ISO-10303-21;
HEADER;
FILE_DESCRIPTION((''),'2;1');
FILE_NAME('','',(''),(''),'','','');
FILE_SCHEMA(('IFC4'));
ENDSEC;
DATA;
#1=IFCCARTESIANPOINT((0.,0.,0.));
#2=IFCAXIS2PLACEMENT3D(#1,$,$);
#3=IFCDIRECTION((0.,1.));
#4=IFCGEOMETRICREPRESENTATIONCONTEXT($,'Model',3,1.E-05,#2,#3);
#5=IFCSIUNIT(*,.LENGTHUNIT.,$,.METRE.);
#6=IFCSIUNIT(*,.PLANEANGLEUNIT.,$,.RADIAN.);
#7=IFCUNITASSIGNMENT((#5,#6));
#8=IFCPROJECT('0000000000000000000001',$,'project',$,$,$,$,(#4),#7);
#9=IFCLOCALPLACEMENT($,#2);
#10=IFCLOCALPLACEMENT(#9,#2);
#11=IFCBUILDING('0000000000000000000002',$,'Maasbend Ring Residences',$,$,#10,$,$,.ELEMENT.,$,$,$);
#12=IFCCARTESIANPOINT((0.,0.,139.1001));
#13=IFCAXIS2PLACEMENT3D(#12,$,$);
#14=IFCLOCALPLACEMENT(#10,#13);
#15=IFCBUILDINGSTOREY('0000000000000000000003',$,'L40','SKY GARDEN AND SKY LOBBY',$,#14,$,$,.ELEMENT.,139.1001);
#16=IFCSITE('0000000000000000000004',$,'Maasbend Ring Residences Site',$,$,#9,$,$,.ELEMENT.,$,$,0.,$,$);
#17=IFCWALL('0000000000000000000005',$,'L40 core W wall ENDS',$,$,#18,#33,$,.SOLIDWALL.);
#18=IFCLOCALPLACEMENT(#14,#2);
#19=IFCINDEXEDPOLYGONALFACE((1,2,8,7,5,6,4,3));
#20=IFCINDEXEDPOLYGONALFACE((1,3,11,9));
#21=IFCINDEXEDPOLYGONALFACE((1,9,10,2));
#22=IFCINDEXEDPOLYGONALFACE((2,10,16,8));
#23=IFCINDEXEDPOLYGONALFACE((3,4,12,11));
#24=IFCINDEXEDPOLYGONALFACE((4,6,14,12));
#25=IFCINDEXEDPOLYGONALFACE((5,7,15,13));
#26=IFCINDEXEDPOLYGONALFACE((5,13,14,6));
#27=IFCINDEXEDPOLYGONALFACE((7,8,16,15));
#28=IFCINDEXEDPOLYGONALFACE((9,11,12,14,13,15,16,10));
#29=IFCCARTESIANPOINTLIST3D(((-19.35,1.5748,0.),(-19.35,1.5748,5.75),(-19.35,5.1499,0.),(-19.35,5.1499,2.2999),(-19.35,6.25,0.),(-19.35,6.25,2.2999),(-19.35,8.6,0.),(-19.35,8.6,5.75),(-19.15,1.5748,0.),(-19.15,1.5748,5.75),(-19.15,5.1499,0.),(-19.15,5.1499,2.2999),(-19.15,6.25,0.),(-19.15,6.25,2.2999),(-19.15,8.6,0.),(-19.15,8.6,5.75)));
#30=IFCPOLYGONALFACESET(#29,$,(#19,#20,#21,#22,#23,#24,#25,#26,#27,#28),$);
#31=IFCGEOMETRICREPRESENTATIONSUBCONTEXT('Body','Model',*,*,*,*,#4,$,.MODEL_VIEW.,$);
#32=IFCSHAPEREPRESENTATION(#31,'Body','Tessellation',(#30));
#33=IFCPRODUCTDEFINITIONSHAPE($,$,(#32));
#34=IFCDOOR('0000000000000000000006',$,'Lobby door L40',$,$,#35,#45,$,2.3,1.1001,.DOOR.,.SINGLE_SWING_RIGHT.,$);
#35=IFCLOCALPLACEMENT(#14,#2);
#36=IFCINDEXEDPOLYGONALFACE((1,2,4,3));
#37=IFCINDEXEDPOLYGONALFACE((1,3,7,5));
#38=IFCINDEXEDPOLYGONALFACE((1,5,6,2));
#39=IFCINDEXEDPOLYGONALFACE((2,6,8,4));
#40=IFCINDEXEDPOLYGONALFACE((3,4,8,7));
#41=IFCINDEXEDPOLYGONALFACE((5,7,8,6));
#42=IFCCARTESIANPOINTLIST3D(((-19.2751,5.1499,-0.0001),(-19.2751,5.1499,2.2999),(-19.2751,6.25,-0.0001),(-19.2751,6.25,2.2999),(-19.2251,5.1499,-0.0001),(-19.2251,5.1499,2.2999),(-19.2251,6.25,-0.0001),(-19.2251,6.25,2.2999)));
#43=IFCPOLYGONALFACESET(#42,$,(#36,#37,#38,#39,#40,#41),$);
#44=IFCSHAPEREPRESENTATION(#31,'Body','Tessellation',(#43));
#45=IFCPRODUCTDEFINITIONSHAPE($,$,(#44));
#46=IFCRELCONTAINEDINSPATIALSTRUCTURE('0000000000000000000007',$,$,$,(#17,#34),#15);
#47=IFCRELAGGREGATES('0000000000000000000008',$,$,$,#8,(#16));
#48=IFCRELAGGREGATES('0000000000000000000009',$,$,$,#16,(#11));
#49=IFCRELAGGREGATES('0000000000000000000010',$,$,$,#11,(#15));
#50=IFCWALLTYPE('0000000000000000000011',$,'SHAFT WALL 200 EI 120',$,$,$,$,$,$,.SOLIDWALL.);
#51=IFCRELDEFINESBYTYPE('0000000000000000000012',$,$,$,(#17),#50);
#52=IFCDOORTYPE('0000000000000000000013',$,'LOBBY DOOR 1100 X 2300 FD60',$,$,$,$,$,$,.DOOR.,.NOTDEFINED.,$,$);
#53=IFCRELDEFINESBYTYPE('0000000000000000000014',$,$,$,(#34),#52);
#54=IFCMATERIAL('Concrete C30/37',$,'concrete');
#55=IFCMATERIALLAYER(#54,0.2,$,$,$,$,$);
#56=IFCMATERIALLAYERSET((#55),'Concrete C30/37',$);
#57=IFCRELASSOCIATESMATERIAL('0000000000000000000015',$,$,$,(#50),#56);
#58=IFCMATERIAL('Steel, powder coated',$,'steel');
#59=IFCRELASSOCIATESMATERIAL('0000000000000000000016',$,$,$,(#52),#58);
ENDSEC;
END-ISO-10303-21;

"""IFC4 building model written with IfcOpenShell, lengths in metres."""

from ifc_helpers import new_model, si_unit, direction, frame, frame_2d, origin, place, context, subcontext, project, spatial, rectangle, extrude, material, layer, layer_set, type_object, element, fill, save


model = new_model("IFC4")

# Units and contexts
model_context = context("Model", 3, precision=1e-05, world=origin(), true_north=direction((0.0, 1.0)))
body_context = subcontext(model_context, "Body", "Model", "MODEL_VIEW")
ifc_project = project(units=[si_unit("LENGTHUNIT", "METRE"), si_unit("PLANEANGLEUNIT", "RADIAN")], contexts=[model_context])

# Site, building, storey
site_placement = place(None, origin())
site = spatial("IfcSite", under=ifc_project, at=site_placement, Name="Maasbend Ring Residences Site", CompositionType="ELEMENT", RefElevation=0.0)
building_placement = place(site_placement, origin())
building = spatial("IfcBuilding", under=site, at=building_placement, Name="Maasbend Ring Residences", CompositionType="ELEMENT")
storey_placement = place(building_placement, frame((0.0, 0.0, 139.1001)))
storey = spatial("IfcBuildingStorey", under=building, at=storey_placement, Name="L40", Description="SKY GARDEN AND SKY LOBBY", CompositionType="ELEMENT", Elevation=139.1001)

# Wall, opening, door
ifc_material_1 = material(Name="Concrete C30/37", Category="concrete")
ifc_layer_1 = layer(ifc_material_1, 0.2)
ifc_layer_set_1 = layer_set([ifc_layer_1], Name="Concrete C30/37")
wall_type_1 = type_object("IfcWallType", Name="SHAFT WALL 200 EI 120", PredefinedType="SOLIDWALL", material=ifc_layer_set_1)
wall_1_placement = place(storey_placement, frame((-19.25, 8.6001, 0.0), z_axis=(0.0, 0.0, 1.0), x_axis=(0.0, -1.0, 0.0)))
wall_1 = element("IfcWall", 1, at=wall_1_placement, inside=storey, type_object=wall_type_1, Name="L40 core W wall ENDS", PredefinedType="SOLIDWALL", context=body_context, shape_type="SweptSolid", body=[
    extrude(rectangle(XDim=7.0251, YDim=0.2, at=frame_2d((3.5127, 0.0))), origin(), (0.0, 0.0, 1.0), 5.75),
])
opening_1_placement = place(wall_1_placement, frame((2.3501, 0.0, 0.0)))
opening_1 = element("IfcOpeningElement", 2, at=opening_1_placement, cuts=wall_1, PredefinedType="OPENING", context=body_context, shape_type="SweptSolid", body=[
    extrude(rectangle(XDim=1.1001, YDim=2.3, at=frame_2d((0.55, 1.1499))), frame((0.0, 0.1099, 0.0), z_axis=(0.0, -1.0, 0.0), x_axis=(1.0, 0.0, 0.0)), (0.0, 0.0, 1.0), 0.22),
])
ifc_material_2 = material(Name="Steel, powder coated", Category="steel")
door_type_1 = type_object("IfcDoorType", Name="LOBBY DOOR 1100 X 2300 FD60", OperationType="NOTDEFINED", PredefinedType="DOOR", material=ifc_material_2)
door_1_placement = place(opening_1_placement, origin())
door_1 = element("IfcDoor", 3, at=door_1_placement, inside=storey, type_object=door_type_1, Name="Lobby door L40", OperationType="SINGLE_SWING_RIGHT", OverallHeight=2.3, OverallWidth=1.1001, PredefinedType="DOOR", context=body_context, shape_type="SweptSolid", body=[
    extrude(rectangle(XDim=1.1001, YDim=2.3, at=frame_2d((0.55, 1.1499))), frame((0.0, 0.0249, 0.0), z_axis=(0.0, -1.0, 0.0), x_axis=(1.0, 0.0, 0.0)), (0.0, 0.0, 1.0), 0.05),
])
fill(opening_1, door_1)

save(model, "model.ifc")
